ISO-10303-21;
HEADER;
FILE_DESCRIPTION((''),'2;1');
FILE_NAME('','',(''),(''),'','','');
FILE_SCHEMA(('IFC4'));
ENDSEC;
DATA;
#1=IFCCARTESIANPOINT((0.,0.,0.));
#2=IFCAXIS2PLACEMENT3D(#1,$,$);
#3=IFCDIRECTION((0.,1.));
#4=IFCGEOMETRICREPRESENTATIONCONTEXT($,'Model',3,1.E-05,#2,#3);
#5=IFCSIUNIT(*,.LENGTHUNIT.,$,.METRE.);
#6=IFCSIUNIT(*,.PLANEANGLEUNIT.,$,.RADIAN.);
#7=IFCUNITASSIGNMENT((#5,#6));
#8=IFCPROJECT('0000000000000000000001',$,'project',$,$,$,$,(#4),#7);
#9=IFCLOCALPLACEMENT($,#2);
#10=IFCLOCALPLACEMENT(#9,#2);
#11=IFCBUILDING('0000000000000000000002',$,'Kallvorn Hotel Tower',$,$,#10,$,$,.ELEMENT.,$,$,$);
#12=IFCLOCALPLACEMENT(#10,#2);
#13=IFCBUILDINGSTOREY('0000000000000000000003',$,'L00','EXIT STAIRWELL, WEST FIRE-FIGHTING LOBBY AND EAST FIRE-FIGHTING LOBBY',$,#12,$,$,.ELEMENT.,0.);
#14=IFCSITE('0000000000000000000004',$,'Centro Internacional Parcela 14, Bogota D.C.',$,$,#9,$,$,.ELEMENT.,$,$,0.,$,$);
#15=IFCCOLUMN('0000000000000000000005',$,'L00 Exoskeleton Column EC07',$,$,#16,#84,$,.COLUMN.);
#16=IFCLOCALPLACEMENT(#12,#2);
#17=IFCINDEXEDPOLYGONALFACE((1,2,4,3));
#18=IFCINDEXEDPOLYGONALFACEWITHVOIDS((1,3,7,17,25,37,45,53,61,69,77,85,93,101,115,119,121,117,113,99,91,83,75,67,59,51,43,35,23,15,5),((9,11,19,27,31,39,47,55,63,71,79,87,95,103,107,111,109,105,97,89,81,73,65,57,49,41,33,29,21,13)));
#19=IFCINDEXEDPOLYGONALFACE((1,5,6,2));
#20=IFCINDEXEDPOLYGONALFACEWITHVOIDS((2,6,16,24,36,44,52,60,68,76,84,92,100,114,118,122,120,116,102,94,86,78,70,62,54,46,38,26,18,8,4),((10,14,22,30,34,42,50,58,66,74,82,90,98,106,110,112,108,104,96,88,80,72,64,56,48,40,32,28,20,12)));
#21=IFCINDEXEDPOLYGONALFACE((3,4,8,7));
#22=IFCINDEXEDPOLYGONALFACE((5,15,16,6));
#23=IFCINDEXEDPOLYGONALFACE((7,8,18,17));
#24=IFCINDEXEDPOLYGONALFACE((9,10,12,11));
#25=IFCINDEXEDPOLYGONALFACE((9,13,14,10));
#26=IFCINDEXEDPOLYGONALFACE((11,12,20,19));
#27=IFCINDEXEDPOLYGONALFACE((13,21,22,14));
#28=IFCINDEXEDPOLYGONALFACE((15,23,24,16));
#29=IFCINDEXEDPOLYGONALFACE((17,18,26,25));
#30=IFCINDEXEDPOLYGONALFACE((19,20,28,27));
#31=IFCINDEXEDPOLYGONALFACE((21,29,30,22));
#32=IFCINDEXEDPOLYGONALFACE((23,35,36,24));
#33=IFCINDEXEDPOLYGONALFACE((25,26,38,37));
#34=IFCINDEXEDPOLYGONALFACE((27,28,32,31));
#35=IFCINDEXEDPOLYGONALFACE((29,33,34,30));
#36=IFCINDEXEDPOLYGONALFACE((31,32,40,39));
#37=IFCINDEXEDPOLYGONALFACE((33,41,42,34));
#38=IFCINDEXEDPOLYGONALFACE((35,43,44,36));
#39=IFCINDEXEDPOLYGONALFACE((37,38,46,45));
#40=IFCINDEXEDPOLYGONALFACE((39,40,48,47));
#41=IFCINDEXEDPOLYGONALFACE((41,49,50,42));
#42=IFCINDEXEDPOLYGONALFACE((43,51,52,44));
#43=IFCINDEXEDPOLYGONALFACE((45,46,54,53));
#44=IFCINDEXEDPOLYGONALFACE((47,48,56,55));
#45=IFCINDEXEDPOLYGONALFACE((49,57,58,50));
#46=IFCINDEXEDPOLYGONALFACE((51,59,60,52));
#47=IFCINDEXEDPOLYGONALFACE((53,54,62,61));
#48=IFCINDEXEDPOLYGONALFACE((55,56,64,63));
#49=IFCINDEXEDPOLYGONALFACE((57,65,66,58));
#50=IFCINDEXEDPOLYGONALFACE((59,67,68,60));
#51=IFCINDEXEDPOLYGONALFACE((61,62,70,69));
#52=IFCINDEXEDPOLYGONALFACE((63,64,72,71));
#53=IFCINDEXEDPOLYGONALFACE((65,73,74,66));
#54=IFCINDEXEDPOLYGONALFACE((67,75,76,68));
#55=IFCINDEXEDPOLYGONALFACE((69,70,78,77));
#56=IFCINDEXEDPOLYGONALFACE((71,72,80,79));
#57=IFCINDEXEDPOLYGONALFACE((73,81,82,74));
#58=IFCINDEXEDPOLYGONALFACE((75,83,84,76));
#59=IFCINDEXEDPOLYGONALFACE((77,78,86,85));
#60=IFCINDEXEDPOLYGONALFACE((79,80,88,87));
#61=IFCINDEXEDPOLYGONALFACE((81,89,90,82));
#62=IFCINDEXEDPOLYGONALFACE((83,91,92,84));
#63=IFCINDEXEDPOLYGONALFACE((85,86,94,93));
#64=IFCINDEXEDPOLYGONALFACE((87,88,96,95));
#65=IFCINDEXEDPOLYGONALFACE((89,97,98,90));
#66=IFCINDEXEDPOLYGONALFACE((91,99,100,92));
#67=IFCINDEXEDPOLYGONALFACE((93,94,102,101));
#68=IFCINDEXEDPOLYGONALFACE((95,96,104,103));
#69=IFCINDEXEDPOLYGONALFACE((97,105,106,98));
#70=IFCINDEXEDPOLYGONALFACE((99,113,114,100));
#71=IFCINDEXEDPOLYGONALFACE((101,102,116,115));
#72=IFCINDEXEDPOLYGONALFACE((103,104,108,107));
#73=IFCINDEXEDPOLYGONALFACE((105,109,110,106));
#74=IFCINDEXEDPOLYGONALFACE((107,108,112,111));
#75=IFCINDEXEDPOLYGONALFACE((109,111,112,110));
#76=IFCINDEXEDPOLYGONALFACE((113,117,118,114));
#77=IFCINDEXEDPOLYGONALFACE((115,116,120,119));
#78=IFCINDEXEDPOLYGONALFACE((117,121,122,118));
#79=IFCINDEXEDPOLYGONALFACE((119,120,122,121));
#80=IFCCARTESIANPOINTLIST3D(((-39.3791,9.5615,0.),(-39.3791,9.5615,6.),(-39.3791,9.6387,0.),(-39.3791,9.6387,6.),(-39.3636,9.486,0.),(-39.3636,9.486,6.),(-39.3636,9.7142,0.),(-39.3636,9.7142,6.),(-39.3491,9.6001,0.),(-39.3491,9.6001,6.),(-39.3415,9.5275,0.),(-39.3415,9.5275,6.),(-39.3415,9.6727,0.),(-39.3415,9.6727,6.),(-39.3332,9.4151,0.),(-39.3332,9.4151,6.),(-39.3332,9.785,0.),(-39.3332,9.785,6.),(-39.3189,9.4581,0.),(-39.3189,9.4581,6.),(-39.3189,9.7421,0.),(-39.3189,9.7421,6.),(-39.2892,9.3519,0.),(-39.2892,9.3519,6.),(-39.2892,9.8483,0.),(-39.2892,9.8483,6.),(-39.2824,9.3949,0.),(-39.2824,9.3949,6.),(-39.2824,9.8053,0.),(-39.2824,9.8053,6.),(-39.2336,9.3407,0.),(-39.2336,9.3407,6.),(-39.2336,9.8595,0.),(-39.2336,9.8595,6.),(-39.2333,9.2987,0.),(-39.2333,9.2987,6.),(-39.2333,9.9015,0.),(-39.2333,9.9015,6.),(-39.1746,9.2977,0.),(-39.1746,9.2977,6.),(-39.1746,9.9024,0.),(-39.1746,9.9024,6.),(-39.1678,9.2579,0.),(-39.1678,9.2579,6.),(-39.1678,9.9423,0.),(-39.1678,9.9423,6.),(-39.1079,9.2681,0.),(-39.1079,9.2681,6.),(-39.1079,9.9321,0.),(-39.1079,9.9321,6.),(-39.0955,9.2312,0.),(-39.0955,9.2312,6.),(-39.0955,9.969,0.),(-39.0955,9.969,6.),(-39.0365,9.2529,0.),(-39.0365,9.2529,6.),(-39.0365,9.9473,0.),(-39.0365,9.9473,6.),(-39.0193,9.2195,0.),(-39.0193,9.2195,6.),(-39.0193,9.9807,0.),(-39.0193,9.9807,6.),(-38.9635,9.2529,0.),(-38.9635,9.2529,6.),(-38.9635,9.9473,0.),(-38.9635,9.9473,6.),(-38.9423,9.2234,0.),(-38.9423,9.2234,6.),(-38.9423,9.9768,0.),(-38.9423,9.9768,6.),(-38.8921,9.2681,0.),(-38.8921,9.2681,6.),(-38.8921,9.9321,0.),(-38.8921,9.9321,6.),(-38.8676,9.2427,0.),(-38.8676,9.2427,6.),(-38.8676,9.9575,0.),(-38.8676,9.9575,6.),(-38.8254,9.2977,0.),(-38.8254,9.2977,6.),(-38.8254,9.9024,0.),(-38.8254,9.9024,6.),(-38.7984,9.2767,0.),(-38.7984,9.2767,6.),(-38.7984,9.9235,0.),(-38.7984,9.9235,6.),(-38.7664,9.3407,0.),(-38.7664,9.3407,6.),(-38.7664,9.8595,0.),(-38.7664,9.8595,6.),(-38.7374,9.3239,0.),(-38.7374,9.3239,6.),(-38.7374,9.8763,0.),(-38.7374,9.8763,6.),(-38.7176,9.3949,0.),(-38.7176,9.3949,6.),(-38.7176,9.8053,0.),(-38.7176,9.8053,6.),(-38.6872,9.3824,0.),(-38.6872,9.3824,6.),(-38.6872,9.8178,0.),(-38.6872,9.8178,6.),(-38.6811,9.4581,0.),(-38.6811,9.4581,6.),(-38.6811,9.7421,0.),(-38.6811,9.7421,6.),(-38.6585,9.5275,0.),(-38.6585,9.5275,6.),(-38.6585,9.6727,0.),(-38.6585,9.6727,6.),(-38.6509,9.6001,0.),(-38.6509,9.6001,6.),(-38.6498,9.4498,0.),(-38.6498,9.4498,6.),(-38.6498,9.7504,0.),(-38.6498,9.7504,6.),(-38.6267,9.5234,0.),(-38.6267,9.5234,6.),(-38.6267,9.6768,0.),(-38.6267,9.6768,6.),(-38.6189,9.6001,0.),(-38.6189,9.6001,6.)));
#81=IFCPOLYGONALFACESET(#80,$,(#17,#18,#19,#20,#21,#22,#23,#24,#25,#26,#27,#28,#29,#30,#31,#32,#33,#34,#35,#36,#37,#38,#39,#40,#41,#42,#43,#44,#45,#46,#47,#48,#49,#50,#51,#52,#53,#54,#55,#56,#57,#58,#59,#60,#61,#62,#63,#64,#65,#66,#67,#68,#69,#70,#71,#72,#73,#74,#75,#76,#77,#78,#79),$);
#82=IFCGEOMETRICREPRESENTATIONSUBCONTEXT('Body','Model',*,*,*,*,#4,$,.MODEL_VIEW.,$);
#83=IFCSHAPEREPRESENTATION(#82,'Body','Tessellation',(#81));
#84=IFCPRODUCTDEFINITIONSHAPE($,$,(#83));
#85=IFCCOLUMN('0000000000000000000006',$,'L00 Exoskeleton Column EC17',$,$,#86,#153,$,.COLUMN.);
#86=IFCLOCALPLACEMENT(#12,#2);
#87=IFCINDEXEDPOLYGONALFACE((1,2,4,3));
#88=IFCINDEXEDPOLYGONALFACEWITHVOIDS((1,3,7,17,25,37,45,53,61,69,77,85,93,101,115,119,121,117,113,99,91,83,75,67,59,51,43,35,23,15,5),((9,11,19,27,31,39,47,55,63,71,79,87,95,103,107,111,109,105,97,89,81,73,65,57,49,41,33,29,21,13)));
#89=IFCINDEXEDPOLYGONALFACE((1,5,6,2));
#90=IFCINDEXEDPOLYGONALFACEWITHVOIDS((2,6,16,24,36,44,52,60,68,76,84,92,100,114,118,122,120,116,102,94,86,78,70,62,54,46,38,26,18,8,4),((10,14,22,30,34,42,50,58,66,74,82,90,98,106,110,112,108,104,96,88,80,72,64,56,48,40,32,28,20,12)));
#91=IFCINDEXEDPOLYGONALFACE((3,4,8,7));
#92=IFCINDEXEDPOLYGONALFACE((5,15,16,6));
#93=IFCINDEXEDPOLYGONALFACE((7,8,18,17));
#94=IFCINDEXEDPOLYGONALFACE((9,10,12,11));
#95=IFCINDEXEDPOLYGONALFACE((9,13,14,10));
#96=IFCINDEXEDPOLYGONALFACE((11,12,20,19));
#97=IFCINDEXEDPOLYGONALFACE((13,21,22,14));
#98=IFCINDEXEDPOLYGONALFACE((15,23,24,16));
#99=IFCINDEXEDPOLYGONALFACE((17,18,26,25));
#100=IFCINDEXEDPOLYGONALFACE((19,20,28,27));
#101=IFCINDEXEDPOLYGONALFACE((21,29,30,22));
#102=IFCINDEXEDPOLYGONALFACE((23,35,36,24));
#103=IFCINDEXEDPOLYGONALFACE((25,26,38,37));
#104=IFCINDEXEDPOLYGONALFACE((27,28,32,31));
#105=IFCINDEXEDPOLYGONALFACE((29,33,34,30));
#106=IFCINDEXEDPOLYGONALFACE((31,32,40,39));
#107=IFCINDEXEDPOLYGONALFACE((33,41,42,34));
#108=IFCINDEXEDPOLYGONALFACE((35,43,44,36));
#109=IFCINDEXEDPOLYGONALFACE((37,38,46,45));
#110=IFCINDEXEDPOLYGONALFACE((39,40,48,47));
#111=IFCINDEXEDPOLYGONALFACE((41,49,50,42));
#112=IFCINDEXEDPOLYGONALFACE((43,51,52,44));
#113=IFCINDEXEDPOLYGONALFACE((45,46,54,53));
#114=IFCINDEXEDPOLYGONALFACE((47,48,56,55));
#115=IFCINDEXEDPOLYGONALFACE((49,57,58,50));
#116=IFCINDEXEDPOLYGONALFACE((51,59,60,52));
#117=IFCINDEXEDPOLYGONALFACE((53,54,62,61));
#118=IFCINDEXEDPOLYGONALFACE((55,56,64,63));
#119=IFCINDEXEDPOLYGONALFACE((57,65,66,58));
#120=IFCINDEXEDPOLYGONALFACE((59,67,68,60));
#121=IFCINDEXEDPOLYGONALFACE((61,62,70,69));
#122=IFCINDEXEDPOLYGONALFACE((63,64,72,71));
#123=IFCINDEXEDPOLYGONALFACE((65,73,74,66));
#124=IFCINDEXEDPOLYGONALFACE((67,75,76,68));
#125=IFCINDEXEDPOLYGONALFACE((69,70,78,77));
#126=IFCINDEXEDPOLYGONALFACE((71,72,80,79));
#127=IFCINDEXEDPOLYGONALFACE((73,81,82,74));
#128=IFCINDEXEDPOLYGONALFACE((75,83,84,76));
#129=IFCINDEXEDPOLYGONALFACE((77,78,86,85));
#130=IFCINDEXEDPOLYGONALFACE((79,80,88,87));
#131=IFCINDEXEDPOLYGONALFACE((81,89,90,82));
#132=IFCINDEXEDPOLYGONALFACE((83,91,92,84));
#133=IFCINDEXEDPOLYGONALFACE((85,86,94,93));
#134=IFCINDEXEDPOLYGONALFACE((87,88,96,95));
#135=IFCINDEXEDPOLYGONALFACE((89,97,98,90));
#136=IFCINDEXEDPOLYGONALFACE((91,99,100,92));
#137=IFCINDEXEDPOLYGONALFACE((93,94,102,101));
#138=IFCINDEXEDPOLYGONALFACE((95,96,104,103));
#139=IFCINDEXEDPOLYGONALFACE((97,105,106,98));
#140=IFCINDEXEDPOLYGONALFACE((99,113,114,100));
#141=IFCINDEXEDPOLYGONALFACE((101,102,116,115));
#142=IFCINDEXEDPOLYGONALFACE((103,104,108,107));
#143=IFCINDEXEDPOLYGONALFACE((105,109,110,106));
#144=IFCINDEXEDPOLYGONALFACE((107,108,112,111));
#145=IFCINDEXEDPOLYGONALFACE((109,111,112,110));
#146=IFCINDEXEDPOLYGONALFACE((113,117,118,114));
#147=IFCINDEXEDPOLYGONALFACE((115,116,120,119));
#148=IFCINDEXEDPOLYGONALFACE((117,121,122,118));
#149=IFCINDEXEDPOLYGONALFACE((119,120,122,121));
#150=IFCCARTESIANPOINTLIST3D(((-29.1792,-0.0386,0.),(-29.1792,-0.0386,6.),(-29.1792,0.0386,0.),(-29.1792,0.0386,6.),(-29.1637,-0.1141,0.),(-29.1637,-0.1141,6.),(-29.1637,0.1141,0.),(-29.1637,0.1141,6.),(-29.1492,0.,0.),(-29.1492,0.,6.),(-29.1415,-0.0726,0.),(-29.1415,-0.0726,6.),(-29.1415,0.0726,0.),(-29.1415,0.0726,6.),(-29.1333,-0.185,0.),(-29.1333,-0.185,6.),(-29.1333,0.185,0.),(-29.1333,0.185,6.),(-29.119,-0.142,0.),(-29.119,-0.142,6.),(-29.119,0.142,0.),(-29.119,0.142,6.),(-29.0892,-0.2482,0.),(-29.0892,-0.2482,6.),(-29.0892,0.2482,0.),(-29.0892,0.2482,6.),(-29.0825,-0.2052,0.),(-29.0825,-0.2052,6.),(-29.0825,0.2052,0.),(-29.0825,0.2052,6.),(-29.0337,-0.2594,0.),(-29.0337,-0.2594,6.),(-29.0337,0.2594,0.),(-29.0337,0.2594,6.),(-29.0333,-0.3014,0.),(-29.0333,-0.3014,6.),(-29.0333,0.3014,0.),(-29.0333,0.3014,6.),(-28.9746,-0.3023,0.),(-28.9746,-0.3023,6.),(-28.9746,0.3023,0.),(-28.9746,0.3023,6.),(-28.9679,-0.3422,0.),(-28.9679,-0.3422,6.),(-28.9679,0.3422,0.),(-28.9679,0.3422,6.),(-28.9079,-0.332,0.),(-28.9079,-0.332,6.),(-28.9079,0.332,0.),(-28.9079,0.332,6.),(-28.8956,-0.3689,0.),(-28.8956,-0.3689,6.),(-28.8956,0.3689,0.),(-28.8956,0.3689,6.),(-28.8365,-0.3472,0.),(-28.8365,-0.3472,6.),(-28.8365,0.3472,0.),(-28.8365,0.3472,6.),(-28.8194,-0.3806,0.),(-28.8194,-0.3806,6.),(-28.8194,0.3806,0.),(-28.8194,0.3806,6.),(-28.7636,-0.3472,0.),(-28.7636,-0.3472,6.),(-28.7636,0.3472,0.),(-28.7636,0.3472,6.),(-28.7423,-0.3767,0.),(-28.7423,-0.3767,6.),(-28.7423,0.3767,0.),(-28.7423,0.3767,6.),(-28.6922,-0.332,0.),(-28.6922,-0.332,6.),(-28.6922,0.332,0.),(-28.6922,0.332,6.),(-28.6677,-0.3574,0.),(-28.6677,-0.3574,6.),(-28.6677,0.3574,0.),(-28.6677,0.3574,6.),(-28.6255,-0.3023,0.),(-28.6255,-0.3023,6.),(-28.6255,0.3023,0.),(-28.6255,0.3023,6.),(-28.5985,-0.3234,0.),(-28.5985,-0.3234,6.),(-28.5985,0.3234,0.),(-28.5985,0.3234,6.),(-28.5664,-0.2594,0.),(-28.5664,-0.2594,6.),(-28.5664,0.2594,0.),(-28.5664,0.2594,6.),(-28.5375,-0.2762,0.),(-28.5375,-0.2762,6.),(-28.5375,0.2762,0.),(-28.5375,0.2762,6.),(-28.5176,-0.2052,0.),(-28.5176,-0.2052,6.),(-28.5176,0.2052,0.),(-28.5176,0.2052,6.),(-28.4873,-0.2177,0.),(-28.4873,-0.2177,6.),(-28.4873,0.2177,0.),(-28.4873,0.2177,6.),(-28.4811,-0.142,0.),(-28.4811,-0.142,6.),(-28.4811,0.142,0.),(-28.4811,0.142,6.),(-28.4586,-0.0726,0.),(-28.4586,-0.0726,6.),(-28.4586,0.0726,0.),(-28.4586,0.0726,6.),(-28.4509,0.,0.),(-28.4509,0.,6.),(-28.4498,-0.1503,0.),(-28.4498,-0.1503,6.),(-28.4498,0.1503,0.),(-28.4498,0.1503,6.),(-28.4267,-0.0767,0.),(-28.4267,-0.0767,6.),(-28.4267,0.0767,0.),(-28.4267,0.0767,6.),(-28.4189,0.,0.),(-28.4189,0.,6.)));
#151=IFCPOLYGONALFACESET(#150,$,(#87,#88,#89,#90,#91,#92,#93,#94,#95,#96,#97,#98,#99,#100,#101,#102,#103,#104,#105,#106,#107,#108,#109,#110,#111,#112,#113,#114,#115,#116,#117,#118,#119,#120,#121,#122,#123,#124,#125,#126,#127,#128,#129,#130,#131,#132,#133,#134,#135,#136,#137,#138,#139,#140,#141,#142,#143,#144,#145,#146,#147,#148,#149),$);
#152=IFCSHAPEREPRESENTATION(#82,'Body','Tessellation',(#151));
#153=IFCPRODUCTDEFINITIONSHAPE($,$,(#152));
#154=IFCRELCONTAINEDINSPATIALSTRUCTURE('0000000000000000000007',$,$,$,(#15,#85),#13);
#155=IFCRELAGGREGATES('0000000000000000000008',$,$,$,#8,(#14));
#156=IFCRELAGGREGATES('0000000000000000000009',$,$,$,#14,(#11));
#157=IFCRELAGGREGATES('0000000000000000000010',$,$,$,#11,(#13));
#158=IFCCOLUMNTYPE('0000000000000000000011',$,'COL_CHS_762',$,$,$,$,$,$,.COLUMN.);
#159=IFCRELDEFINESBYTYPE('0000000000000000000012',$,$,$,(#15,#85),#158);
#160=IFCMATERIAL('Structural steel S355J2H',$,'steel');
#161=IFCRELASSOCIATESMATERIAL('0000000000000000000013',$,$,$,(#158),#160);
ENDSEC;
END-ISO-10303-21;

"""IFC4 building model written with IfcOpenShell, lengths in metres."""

from ifc_helpers import new_model, si_unit, direction, frame, origin, origin_2d, place, context, subcontext, project, spatial, hollow_circle, extrude, material, material_profile, profile_set, type_object, element, save


model = new_model("IFC4")

# Units and contexts
model_context = context("Model", 3, precision=1e-05, world=origin(), true_north=direction((0.0, 1.0)))
body_context = subcontext(model_context, "Body", "Model", "MODEL_VIEW")
ifc_project = project(units=[si_unit("LENGTHUNIT", "METRE"), si_unit("PLANEANGLEUNIT", "RADIAN")], contexts=[model_context])

# Site, building, storey
site_placement = place(None, origin())
site = spatial("IfcSite", under=ifc_project, at=site_placement, Name="Centro Internacional Parcela 14, Bogota D.C.", CompositionType="ELEMENT", RefElevation=0.0)
building_placement = place(site_placement, origin())
building = spatial("IfcBuilding", under=site, at=building_placement, Name="Kallvorn Hotel Tower", CompositionType="ELEMENT")
storey_placement = place(building_placement, origin())
storey = spatial("IfcBuildingStorey", under=building, at=storey_placement, Name="L00", Description="EXIT STAIRWELL, WEST FIRE-FIGHTING LOBBY AND EAST FIRE-FIGHTING LOBBY", CompositionType="ELEMENT", Elevation=0.0)

# Columns
ifc_material_1 = material(Name="Structural steel S355J2H", Category="steel")
ifc_material_profile_1 = material_profile(ifc_material_1, hollow_circle(Radius=0.3811, WallThickness=0.032, at=origin_2d()), Name="CHS 762x32")
ifc_profile_set_1 = profile_set([ifc_material_profile_1], Name="Structural steel S355J2H")
column_type_1 = type_object("IfcColumnType", Name="COL_CHS_762", PredefinedType="COLUMN", material=ifc_profile_set_1)
for number, where, z_axis, x_axis, name in (
    (1, (-39.0, 9.6001, 0.0), (0.0, 0.0, 1.0), (1.0, 0.0, 0.0), "L00 Exoskeleton Column EC07"),
    (2, (-28.8, 0.0, 0.0), (0.0, 0.0, 1.0), (1.0, 0.0, 0.0), "L00 Exoskeleton Column EC17"),
):
    element("IfcColumn", number, at=place(storey_placement, frame(where, z_axis=z_axis, x_axis=x_axis)), inside=storey, type_object=column_type_1, Name=name, PredefinedType="COLUMN", context=body_context, shape_type="SweptSolid", body=[
        extrude(hollow_circle(Radius=0.3811, WallThickness=0.032, at=origin_2d()), origin(), (0.0, 0.0, 1.0), 6.0),
    ])

save(model, "model.ifc")
